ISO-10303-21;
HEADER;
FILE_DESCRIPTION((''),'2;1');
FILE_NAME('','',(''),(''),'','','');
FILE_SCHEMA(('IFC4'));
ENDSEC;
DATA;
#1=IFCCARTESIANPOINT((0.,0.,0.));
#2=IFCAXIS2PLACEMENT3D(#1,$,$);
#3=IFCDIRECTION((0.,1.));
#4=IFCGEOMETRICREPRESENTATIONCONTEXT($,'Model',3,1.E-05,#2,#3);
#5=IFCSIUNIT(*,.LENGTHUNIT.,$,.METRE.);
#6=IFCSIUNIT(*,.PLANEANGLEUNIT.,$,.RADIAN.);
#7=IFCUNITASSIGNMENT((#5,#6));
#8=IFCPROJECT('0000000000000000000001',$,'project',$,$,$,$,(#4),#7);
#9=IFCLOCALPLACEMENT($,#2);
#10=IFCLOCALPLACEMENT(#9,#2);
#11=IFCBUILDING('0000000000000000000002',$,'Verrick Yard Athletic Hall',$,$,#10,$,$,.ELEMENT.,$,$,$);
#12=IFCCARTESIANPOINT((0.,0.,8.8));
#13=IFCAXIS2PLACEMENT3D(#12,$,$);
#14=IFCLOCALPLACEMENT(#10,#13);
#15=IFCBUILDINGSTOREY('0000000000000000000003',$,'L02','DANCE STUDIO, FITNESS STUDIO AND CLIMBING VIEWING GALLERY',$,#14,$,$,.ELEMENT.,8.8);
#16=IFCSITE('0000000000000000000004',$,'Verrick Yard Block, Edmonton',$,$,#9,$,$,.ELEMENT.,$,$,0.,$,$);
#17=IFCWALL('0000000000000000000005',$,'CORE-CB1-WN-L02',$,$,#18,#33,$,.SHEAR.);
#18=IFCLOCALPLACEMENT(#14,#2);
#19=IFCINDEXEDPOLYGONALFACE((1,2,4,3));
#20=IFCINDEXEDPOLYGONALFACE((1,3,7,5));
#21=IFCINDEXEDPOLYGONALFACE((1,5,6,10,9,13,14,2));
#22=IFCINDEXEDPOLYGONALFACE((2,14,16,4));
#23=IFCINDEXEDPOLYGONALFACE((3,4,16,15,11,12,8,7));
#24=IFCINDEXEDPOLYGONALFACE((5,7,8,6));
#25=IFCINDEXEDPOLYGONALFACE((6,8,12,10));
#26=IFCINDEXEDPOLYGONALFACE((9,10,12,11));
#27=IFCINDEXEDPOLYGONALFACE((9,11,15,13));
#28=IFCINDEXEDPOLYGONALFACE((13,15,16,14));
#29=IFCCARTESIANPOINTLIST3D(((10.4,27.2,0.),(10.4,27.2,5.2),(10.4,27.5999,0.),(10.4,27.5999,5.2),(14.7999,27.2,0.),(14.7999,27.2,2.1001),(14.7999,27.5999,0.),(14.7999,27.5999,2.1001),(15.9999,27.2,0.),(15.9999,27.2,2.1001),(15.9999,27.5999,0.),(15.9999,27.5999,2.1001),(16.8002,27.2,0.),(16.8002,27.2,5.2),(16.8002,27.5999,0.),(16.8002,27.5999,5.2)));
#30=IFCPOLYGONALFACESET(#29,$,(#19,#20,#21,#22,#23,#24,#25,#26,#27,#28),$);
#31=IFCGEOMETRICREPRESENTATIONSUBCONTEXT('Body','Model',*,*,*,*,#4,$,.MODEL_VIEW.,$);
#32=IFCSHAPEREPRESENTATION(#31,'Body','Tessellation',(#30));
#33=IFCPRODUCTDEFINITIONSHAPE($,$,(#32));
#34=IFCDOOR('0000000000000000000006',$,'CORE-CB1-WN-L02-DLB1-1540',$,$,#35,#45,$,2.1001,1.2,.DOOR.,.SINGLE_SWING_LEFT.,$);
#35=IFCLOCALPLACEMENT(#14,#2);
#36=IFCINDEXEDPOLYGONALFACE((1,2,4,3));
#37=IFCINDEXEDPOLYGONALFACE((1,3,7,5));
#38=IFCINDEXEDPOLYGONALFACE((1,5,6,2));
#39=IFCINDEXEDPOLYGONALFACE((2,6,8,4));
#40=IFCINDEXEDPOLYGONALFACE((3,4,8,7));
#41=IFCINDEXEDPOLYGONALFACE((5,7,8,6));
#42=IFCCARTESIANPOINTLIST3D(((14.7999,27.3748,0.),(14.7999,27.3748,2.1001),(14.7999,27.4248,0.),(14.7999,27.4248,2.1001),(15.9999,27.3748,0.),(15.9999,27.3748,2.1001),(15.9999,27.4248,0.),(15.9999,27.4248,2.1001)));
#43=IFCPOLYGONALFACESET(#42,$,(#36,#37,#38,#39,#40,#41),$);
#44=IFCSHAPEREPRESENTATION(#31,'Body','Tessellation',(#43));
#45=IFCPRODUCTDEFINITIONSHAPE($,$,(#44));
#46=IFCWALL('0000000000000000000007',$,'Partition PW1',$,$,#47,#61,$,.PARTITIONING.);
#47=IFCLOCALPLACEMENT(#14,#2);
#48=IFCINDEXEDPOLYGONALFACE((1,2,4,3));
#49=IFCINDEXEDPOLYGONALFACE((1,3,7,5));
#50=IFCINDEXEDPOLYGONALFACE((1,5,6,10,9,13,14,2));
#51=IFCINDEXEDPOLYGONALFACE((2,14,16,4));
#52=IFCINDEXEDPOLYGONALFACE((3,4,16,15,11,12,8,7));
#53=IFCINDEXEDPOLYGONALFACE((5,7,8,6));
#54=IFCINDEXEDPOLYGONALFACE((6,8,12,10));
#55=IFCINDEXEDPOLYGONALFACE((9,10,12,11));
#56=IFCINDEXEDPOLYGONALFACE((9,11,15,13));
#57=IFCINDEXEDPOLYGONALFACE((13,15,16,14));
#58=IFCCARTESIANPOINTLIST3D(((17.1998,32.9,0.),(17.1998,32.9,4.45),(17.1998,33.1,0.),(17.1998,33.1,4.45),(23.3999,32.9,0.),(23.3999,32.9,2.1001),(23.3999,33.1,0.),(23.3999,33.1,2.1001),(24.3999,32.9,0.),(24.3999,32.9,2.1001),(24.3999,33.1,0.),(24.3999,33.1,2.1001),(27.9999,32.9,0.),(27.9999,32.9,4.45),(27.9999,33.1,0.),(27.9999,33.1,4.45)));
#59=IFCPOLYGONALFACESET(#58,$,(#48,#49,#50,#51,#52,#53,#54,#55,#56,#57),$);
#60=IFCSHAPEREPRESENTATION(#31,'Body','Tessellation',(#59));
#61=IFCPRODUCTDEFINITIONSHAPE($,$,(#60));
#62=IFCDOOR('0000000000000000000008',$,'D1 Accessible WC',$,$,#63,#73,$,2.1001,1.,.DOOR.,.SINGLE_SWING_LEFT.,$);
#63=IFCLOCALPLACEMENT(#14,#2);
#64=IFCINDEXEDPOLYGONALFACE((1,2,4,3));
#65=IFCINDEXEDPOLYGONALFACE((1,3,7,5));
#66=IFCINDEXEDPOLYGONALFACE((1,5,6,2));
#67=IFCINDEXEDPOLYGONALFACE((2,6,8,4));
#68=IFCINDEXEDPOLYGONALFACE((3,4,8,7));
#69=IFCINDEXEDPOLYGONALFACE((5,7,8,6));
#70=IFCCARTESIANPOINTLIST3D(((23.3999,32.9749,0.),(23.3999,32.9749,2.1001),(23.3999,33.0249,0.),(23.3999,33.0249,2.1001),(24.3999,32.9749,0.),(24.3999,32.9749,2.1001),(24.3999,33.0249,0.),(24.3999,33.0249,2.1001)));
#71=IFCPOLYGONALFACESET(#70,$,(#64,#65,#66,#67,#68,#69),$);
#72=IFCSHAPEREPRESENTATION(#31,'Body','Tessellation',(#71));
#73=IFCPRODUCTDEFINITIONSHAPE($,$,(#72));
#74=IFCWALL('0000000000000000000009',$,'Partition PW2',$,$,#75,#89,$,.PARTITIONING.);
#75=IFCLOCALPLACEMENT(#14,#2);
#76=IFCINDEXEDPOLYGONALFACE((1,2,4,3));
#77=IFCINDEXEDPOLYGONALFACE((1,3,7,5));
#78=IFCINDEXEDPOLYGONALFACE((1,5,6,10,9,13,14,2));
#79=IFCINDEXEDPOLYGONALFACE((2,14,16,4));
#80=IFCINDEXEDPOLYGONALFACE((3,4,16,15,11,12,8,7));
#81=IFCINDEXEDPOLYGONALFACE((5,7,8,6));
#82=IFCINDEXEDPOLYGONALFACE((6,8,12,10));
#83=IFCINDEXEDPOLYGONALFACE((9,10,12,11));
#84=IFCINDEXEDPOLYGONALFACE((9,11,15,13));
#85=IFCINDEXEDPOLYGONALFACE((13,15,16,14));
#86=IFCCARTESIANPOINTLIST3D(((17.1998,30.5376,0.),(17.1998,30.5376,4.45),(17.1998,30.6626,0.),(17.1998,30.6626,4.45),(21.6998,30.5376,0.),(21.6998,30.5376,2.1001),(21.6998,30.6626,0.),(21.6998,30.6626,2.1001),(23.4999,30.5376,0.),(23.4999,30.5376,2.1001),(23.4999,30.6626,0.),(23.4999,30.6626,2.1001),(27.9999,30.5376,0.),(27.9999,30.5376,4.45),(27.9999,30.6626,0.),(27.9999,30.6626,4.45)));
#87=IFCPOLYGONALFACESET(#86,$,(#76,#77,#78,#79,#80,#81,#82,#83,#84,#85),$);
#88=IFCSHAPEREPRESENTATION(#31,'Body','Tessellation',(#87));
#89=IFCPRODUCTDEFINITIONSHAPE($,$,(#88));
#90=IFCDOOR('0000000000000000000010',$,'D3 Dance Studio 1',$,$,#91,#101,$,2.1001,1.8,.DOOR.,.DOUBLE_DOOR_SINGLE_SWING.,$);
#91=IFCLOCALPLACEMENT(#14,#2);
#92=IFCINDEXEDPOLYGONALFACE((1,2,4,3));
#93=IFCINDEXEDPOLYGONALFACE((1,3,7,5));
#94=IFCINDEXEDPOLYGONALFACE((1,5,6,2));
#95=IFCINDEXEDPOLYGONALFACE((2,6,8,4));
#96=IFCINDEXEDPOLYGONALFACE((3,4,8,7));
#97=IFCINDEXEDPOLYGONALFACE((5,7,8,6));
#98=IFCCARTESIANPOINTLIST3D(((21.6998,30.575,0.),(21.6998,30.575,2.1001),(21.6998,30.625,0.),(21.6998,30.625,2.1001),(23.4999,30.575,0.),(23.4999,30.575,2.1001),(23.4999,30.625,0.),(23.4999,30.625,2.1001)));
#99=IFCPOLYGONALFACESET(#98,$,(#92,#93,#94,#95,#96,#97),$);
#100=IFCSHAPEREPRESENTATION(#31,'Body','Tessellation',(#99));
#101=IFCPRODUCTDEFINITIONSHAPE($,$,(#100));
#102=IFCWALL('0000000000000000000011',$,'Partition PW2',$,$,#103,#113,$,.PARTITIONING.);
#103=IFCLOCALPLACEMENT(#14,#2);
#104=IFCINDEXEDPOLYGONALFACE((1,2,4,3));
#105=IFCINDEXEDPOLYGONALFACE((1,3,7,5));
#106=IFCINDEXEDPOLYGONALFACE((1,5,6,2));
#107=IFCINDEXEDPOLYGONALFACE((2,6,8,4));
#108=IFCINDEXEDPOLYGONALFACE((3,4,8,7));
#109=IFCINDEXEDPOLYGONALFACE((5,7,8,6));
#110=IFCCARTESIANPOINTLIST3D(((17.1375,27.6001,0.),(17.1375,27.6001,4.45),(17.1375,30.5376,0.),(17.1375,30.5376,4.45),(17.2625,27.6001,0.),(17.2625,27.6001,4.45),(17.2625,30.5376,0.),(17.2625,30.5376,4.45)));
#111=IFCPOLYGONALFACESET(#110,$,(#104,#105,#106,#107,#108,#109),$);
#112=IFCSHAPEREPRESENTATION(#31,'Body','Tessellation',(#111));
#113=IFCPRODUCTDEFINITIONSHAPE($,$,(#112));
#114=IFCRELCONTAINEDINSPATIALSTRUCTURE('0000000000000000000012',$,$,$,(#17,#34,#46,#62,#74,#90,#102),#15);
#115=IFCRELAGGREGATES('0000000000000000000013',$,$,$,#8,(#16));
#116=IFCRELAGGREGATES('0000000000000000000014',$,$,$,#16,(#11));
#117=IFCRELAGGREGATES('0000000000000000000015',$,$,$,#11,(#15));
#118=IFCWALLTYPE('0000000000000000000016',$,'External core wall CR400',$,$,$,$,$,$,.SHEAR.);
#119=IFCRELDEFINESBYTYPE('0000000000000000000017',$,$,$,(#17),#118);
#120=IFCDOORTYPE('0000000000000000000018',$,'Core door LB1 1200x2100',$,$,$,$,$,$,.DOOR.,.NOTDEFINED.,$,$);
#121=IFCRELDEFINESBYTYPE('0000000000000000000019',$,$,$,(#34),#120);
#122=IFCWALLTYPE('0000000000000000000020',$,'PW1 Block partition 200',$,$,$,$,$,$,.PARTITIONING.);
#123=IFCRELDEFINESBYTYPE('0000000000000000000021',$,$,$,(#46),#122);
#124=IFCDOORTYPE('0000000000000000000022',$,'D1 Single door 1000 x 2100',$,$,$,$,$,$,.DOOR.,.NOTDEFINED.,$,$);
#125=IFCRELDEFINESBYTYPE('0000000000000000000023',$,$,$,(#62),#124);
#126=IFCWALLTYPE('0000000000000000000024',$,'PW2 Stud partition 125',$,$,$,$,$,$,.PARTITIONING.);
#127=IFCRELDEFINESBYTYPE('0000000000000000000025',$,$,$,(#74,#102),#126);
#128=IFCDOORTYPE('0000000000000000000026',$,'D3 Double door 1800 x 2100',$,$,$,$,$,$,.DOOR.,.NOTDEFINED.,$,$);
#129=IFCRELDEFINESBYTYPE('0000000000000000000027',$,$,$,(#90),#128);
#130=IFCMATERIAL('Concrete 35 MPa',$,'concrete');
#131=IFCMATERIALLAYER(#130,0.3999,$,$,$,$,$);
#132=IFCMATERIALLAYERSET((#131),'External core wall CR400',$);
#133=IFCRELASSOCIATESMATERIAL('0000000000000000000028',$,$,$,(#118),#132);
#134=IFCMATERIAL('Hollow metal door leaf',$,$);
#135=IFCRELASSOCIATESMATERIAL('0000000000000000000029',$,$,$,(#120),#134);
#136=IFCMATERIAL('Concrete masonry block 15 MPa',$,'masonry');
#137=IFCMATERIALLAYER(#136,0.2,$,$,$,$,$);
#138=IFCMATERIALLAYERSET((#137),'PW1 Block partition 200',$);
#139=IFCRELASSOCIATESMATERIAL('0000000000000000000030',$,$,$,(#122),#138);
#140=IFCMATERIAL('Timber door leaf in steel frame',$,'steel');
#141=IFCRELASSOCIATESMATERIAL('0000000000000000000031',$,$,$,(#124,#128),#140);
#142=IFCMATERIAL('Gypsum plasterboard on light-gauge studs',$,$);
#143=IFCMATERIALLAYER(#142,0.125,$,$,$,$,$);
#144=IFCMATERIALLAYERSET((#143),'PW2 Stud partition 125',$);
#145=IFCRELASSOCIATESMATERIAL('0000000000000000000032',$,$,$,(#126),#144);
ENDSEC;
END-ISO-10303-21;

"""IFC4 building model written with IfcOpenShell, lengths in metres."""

from ifc_helpers import new_model, si_unit, direction, frame, frame_2d, origin, place, context, subcontext, project, spatial, rectangle, extrude, material, layer, layer_set, type_object, element, fill, save


model = new_model("IFC4")

# Units and contexts
model_context = context("Model", 3, precision=1e-05, world=origin(), true_north=direction((0.0, 1.0)))
body_context = subcontext(model_context, "Body", "Model", "MODEL_VIEW")
ifc_project = project(units=[si_unit("LENGTHUNIT", "METRE"), si_unit("PLANEANGLEUNIT", "RADIAN")], contexts=[model_context])

# Site, building, storey
site_placement = place(None, origin())
site = spatial("IfcSite", under=ifc_project, at=site_placement, Name="Verrick Yard Block, Edmonton", CompositionType="ELEMENT", RefElevation=0.0)
building_placement = place(site_placement, origin())
building = spatial("IfcBuilding", under=site, at=building_placement, Name="Verrick Yard Athletic Hall", CompositionType="ELEMENT")
storey_placement = place(building_placement, frame((0.0, 0.0, 8.8)))
storey = spatial("IfcBuildingStorey", under=building, at=storey_placement, Name="L02", Description="DANCE STUDIO, FITNESS STUDIO AND CLIMBING VIEWING GALLERY", CompositionType="ELEMENT", Elevation=8.8)

# Shared definitions
ifc_material_1 = material(Name="Concrete 35 MPa", Category="concrete")

# Walls, openings, doors
ifc_layer_1 = layer(ifc_material_1, 0.3999)
ifc_layer_set_1 = layer_set([ifc_layer_1], Name="External core wall CR400")
wall_type_1 = type_object("IfcWallType", Name="External core wall CR400", PredefinedType="SHEAR", material=ifc_layer_set_1)
wall_1_placement = place(storey_placement, frame((10.3999, 27.3999, 0.0), z_axis=(0.0, 0.0, 1.0), x_axis=(1.0, 0.0, 0.0)))
wall_1 = element("IfcWall", 1, at=wall_1_placement, inside=storey, type_object=wall_type_1, Name="CORE-CB1-WN-L02", PredefinedType="SHEAR", context=body_context, shape_type="SweptSolid", body=[
    extrude(rectangle(XDim=6.4001, YDim=0.3999, at=frame_2d((3.2002, 0.0))), origin(), (0.0, 0.0, 1.0), 5.2),
])
opening_1_placement = place(wall_1_placement, frame((4.3999, 0.0, 0.0)))
opening_1 = element("IfcOpeningElement", 2, at=opening_1_placement, cuts=wall_1, PredefinedType="OPENING", context=body_context, shape_type="SweptSolid", body=[
    extrude(rectangle(XDim=1.2, YDim=2.1001, at=frame_2d((0.6001, 1.05))), frame((0.0, 0.21, 0.0), z_axis=(0.0, -1.0, 0.0), x_axis=(1.0, 0.0, 0.0)), (0.0, 0.0, 1.0), 0.4199),
])
ifc_material_2 = material(Name="Hollow metal door leaf")
door_type_1 = type_object("IfcDoorType", Name="Core door LB1 1200x2100", OperationType="NOTDEFINED", PredefinedType="DOOR", material=ifc_material_2)
door_1_placement = place(opening_1_placement, origin())
door_1 = element("IfcDoor", 3, at=door_1_placement, inside=storey, type_object=door_type_1, Name="CORE-CB1-WN-L02-DLB1-1540", OperationType="SINGLE_SWING_LEFT", OverallHeight=2.1001, OverallWidth=1.2, PredefinedType="DOOR", context=body_context, shape_type="SweptSolid", body=[
    extrude(rectangle(XDim=1.2, YDim=2.1001, at=frame_2d((0.6001, 1.05))), frame((0.0, 0.0249, 0.0), z_axis=(0.0, -1.0, 0.0), x_axis=(1.0, 0.0, 0.0)), (0.0, 0.0, 1.0), 0.05),
])
fill(opening_1, door_1)
ifc_material_3 = material(Name="Concrete masonry block 15 MPa", Category="masonry")
ifc_layer_2 = layer(ifc_material_3, 0.2)
ifc_layer_set_2 = layer_set([ifc_layer_2], Name="PW1 Block partition 200")
wall_type_2 = type_object("IfcWallType", Name="PW1 Block partition 200", PredefinedType="PARTITIONING", material=ifc_layer_set_2)
wall_2_placement = place(storey_placement, frame((17.2, 33.0, 0.0), z_axis=(0.0, 0.0, 1.0), x_axis=(1.0, 0.0, 0.0)))
wall_2 = element("IfcWall", 4, at=wall_2_placement, inside=storey, type_object=wall_type_2, Name="Partition PW1", PredefinedType="PARTITIONING", context=body_context, shape_type="SweptSolid", body=[
    extrude(rectangle(XDim=10.8, YDim=0.2, at=frame_2d((5.3999, 0.0))), origin(), (0.0, 0.0, 1.0), 4.45),
])
opening_2_placement = place(wall_2_placement, frame((6.2, 0.0, 0.0)))
opening_2 = element("IfcOpeningElement", 5, at=opening_2_placement, cuts=wall_2, PredefinedType="OPENING", context=body_context, shape_type="SweptSolid", body=[
    extrude(rectangle(XDim=1.0, YDim=2.1001, at=frame_2d((0.5, 1.05))), frame((0.0, 0.1099, 0.0), z_axis=(0.0, -1.0, 0.0), x_axis=(1.0, 0.0, 0.0)), (0.0, 0.0, 1.0), 0.22),
])
ifc_material_4 = material(Name="Timber door leaf in steel frame", Category="steel")
door_type_2 = type_object("IfcDoorType", Name="D1 Single door 1000 x 2100", OperationType="NOTDEFINED", PredefinedType="DOOR", material=ifc_material_4)
door_2_placement = place(opening_2_placement, origin())
door_2 = element("IfcDoor", 6, at=door_2_placement, inside=storey, type_object=door_type_2, Name="D1 Accessible WC", OperationType="SINGLE_SWING_LEFT", OverallHeight=2.1001, OverallWidth=1.0, PredefinedType="DOOR", context=body_context, shape_type="SweptSolid", body=[
    extrude(rectangle(XDim=1.0, YDim=2.1001, at=frame_2d((0.5, 1.05))), frame((0.0, 0.0249, 0.0), z_axis=(0.0, -1.0, 0.0), x_axis=(1.0, 0.0, 0.0)), (0.0, 0.0, 1.0), 0.05),
])
fill(opening_2, door_2)
ifc_material_5 = material(Name="Gypsum plasterboard on light-gauge studs")
ifc_layer_3 = layer(ifc_material_5, 0.125)
ifc_layer_set_3 = layer_set([ifc_layer_3], Name="PW2 Stud partition 125")
wall_type_3 = type_object("IfcWallType", Name="PW2 Stud partition 125", PredefinedType="PARTITIONING", material=ifc_layer_set_3)
wall_3_placement = place(storey_placement, frame((17.2, 30.6001, 0.0), z_axis=(0.0, 0.0, 1.0), x_axis=(1.0, 0.0, 0.0)))
wall_3 = element("IfcWall", 7, at=wall_3_placement, inside=storey, type_object=wall_type_3, Name="Partition PW2", PredefinedType="PARTITIONING", context=body_context, shape_type="SweptSolid", body=[
    extrude(rectangle(XDim=10.8, YDim=0.125, at=frame_2d((5.3999, 0.0))), origin(), (0.0, 0.0, 1.0), 4.45),
])
opening_3_placement = place(wall_3_placement, frame((4.5, 0.0, 0.0)))
opening_3 = element("IfcOpeningElement", 8, at=opening_3_placement, cuts=wall_3, PredefinedType="OPENING", context=body_context, shape_type="SweptSolid", body=[
    extrude(rectangle(XDim=1.8, YDim=2.1001, at=frame_2d((0.8999, 1.05))), frame((0.0, 0.0725, 0.0), z_axis=(0.0, -1.0, 0.0), x_axis=(1.0, 0.0, 0.0)), (0.0, 0.0, 1.0), 0.145),
])
door_type_3 = type_object("IfcDoorType", Name="D3 Double door 1800 x 2100", OperationType="NOTDEFINED", PredefinedType="DOOR", material=ifc_material_4)
door_3_placement = place(opening_3_placement, origin())
door_3 = element("IfcDoor", 9, at=door_3_placement, inside=storey, type_object=door_type_3, Name="D3 Dance Studio 1", OperationType="DOUBLE_DOOR_SINGLE_SWING", OverallHeight=2.1001, OverallWidth=1.8, PredefinedType="DOOR", context=body_context, shape_type="SweptSolid", body=[
    extrude(rectangle(XDim=1.8, YDim=2.1001, at=frame_2d((0.8999, 1.05))), frame((0.0, 0.0249, 0.0), z_axis=(0.0, -1.0, 0.0), x_axis=(1.0, 0.0, 0.0)), (0.0, 0.0, 1.0), 0.05),
])
fill(opening_3, door_3)

# Wall
wall_4_placement = place(storey_placement, frame((17.2, 27.6001, 0.0), z_axis=(0.0, 0.0, 1.0), x_axis=(0.0, 1.0, 0.0)))
element("IfcWall", 10, at=wall_4_placement, inside=storey, type_object=wall_type_3, Name="Partition PW2", PredefinedType="PARTITIONING", context=body_context, shape_type="SweptSolid", body=[
    extrude(rectangle(XDim=2.9375, YDim=0.125, at=frame_2d((1.4688, 0.0))), origin(), (0.0, 0.0, 1.0), 4.45),
])

save(model, "model.ifc")
